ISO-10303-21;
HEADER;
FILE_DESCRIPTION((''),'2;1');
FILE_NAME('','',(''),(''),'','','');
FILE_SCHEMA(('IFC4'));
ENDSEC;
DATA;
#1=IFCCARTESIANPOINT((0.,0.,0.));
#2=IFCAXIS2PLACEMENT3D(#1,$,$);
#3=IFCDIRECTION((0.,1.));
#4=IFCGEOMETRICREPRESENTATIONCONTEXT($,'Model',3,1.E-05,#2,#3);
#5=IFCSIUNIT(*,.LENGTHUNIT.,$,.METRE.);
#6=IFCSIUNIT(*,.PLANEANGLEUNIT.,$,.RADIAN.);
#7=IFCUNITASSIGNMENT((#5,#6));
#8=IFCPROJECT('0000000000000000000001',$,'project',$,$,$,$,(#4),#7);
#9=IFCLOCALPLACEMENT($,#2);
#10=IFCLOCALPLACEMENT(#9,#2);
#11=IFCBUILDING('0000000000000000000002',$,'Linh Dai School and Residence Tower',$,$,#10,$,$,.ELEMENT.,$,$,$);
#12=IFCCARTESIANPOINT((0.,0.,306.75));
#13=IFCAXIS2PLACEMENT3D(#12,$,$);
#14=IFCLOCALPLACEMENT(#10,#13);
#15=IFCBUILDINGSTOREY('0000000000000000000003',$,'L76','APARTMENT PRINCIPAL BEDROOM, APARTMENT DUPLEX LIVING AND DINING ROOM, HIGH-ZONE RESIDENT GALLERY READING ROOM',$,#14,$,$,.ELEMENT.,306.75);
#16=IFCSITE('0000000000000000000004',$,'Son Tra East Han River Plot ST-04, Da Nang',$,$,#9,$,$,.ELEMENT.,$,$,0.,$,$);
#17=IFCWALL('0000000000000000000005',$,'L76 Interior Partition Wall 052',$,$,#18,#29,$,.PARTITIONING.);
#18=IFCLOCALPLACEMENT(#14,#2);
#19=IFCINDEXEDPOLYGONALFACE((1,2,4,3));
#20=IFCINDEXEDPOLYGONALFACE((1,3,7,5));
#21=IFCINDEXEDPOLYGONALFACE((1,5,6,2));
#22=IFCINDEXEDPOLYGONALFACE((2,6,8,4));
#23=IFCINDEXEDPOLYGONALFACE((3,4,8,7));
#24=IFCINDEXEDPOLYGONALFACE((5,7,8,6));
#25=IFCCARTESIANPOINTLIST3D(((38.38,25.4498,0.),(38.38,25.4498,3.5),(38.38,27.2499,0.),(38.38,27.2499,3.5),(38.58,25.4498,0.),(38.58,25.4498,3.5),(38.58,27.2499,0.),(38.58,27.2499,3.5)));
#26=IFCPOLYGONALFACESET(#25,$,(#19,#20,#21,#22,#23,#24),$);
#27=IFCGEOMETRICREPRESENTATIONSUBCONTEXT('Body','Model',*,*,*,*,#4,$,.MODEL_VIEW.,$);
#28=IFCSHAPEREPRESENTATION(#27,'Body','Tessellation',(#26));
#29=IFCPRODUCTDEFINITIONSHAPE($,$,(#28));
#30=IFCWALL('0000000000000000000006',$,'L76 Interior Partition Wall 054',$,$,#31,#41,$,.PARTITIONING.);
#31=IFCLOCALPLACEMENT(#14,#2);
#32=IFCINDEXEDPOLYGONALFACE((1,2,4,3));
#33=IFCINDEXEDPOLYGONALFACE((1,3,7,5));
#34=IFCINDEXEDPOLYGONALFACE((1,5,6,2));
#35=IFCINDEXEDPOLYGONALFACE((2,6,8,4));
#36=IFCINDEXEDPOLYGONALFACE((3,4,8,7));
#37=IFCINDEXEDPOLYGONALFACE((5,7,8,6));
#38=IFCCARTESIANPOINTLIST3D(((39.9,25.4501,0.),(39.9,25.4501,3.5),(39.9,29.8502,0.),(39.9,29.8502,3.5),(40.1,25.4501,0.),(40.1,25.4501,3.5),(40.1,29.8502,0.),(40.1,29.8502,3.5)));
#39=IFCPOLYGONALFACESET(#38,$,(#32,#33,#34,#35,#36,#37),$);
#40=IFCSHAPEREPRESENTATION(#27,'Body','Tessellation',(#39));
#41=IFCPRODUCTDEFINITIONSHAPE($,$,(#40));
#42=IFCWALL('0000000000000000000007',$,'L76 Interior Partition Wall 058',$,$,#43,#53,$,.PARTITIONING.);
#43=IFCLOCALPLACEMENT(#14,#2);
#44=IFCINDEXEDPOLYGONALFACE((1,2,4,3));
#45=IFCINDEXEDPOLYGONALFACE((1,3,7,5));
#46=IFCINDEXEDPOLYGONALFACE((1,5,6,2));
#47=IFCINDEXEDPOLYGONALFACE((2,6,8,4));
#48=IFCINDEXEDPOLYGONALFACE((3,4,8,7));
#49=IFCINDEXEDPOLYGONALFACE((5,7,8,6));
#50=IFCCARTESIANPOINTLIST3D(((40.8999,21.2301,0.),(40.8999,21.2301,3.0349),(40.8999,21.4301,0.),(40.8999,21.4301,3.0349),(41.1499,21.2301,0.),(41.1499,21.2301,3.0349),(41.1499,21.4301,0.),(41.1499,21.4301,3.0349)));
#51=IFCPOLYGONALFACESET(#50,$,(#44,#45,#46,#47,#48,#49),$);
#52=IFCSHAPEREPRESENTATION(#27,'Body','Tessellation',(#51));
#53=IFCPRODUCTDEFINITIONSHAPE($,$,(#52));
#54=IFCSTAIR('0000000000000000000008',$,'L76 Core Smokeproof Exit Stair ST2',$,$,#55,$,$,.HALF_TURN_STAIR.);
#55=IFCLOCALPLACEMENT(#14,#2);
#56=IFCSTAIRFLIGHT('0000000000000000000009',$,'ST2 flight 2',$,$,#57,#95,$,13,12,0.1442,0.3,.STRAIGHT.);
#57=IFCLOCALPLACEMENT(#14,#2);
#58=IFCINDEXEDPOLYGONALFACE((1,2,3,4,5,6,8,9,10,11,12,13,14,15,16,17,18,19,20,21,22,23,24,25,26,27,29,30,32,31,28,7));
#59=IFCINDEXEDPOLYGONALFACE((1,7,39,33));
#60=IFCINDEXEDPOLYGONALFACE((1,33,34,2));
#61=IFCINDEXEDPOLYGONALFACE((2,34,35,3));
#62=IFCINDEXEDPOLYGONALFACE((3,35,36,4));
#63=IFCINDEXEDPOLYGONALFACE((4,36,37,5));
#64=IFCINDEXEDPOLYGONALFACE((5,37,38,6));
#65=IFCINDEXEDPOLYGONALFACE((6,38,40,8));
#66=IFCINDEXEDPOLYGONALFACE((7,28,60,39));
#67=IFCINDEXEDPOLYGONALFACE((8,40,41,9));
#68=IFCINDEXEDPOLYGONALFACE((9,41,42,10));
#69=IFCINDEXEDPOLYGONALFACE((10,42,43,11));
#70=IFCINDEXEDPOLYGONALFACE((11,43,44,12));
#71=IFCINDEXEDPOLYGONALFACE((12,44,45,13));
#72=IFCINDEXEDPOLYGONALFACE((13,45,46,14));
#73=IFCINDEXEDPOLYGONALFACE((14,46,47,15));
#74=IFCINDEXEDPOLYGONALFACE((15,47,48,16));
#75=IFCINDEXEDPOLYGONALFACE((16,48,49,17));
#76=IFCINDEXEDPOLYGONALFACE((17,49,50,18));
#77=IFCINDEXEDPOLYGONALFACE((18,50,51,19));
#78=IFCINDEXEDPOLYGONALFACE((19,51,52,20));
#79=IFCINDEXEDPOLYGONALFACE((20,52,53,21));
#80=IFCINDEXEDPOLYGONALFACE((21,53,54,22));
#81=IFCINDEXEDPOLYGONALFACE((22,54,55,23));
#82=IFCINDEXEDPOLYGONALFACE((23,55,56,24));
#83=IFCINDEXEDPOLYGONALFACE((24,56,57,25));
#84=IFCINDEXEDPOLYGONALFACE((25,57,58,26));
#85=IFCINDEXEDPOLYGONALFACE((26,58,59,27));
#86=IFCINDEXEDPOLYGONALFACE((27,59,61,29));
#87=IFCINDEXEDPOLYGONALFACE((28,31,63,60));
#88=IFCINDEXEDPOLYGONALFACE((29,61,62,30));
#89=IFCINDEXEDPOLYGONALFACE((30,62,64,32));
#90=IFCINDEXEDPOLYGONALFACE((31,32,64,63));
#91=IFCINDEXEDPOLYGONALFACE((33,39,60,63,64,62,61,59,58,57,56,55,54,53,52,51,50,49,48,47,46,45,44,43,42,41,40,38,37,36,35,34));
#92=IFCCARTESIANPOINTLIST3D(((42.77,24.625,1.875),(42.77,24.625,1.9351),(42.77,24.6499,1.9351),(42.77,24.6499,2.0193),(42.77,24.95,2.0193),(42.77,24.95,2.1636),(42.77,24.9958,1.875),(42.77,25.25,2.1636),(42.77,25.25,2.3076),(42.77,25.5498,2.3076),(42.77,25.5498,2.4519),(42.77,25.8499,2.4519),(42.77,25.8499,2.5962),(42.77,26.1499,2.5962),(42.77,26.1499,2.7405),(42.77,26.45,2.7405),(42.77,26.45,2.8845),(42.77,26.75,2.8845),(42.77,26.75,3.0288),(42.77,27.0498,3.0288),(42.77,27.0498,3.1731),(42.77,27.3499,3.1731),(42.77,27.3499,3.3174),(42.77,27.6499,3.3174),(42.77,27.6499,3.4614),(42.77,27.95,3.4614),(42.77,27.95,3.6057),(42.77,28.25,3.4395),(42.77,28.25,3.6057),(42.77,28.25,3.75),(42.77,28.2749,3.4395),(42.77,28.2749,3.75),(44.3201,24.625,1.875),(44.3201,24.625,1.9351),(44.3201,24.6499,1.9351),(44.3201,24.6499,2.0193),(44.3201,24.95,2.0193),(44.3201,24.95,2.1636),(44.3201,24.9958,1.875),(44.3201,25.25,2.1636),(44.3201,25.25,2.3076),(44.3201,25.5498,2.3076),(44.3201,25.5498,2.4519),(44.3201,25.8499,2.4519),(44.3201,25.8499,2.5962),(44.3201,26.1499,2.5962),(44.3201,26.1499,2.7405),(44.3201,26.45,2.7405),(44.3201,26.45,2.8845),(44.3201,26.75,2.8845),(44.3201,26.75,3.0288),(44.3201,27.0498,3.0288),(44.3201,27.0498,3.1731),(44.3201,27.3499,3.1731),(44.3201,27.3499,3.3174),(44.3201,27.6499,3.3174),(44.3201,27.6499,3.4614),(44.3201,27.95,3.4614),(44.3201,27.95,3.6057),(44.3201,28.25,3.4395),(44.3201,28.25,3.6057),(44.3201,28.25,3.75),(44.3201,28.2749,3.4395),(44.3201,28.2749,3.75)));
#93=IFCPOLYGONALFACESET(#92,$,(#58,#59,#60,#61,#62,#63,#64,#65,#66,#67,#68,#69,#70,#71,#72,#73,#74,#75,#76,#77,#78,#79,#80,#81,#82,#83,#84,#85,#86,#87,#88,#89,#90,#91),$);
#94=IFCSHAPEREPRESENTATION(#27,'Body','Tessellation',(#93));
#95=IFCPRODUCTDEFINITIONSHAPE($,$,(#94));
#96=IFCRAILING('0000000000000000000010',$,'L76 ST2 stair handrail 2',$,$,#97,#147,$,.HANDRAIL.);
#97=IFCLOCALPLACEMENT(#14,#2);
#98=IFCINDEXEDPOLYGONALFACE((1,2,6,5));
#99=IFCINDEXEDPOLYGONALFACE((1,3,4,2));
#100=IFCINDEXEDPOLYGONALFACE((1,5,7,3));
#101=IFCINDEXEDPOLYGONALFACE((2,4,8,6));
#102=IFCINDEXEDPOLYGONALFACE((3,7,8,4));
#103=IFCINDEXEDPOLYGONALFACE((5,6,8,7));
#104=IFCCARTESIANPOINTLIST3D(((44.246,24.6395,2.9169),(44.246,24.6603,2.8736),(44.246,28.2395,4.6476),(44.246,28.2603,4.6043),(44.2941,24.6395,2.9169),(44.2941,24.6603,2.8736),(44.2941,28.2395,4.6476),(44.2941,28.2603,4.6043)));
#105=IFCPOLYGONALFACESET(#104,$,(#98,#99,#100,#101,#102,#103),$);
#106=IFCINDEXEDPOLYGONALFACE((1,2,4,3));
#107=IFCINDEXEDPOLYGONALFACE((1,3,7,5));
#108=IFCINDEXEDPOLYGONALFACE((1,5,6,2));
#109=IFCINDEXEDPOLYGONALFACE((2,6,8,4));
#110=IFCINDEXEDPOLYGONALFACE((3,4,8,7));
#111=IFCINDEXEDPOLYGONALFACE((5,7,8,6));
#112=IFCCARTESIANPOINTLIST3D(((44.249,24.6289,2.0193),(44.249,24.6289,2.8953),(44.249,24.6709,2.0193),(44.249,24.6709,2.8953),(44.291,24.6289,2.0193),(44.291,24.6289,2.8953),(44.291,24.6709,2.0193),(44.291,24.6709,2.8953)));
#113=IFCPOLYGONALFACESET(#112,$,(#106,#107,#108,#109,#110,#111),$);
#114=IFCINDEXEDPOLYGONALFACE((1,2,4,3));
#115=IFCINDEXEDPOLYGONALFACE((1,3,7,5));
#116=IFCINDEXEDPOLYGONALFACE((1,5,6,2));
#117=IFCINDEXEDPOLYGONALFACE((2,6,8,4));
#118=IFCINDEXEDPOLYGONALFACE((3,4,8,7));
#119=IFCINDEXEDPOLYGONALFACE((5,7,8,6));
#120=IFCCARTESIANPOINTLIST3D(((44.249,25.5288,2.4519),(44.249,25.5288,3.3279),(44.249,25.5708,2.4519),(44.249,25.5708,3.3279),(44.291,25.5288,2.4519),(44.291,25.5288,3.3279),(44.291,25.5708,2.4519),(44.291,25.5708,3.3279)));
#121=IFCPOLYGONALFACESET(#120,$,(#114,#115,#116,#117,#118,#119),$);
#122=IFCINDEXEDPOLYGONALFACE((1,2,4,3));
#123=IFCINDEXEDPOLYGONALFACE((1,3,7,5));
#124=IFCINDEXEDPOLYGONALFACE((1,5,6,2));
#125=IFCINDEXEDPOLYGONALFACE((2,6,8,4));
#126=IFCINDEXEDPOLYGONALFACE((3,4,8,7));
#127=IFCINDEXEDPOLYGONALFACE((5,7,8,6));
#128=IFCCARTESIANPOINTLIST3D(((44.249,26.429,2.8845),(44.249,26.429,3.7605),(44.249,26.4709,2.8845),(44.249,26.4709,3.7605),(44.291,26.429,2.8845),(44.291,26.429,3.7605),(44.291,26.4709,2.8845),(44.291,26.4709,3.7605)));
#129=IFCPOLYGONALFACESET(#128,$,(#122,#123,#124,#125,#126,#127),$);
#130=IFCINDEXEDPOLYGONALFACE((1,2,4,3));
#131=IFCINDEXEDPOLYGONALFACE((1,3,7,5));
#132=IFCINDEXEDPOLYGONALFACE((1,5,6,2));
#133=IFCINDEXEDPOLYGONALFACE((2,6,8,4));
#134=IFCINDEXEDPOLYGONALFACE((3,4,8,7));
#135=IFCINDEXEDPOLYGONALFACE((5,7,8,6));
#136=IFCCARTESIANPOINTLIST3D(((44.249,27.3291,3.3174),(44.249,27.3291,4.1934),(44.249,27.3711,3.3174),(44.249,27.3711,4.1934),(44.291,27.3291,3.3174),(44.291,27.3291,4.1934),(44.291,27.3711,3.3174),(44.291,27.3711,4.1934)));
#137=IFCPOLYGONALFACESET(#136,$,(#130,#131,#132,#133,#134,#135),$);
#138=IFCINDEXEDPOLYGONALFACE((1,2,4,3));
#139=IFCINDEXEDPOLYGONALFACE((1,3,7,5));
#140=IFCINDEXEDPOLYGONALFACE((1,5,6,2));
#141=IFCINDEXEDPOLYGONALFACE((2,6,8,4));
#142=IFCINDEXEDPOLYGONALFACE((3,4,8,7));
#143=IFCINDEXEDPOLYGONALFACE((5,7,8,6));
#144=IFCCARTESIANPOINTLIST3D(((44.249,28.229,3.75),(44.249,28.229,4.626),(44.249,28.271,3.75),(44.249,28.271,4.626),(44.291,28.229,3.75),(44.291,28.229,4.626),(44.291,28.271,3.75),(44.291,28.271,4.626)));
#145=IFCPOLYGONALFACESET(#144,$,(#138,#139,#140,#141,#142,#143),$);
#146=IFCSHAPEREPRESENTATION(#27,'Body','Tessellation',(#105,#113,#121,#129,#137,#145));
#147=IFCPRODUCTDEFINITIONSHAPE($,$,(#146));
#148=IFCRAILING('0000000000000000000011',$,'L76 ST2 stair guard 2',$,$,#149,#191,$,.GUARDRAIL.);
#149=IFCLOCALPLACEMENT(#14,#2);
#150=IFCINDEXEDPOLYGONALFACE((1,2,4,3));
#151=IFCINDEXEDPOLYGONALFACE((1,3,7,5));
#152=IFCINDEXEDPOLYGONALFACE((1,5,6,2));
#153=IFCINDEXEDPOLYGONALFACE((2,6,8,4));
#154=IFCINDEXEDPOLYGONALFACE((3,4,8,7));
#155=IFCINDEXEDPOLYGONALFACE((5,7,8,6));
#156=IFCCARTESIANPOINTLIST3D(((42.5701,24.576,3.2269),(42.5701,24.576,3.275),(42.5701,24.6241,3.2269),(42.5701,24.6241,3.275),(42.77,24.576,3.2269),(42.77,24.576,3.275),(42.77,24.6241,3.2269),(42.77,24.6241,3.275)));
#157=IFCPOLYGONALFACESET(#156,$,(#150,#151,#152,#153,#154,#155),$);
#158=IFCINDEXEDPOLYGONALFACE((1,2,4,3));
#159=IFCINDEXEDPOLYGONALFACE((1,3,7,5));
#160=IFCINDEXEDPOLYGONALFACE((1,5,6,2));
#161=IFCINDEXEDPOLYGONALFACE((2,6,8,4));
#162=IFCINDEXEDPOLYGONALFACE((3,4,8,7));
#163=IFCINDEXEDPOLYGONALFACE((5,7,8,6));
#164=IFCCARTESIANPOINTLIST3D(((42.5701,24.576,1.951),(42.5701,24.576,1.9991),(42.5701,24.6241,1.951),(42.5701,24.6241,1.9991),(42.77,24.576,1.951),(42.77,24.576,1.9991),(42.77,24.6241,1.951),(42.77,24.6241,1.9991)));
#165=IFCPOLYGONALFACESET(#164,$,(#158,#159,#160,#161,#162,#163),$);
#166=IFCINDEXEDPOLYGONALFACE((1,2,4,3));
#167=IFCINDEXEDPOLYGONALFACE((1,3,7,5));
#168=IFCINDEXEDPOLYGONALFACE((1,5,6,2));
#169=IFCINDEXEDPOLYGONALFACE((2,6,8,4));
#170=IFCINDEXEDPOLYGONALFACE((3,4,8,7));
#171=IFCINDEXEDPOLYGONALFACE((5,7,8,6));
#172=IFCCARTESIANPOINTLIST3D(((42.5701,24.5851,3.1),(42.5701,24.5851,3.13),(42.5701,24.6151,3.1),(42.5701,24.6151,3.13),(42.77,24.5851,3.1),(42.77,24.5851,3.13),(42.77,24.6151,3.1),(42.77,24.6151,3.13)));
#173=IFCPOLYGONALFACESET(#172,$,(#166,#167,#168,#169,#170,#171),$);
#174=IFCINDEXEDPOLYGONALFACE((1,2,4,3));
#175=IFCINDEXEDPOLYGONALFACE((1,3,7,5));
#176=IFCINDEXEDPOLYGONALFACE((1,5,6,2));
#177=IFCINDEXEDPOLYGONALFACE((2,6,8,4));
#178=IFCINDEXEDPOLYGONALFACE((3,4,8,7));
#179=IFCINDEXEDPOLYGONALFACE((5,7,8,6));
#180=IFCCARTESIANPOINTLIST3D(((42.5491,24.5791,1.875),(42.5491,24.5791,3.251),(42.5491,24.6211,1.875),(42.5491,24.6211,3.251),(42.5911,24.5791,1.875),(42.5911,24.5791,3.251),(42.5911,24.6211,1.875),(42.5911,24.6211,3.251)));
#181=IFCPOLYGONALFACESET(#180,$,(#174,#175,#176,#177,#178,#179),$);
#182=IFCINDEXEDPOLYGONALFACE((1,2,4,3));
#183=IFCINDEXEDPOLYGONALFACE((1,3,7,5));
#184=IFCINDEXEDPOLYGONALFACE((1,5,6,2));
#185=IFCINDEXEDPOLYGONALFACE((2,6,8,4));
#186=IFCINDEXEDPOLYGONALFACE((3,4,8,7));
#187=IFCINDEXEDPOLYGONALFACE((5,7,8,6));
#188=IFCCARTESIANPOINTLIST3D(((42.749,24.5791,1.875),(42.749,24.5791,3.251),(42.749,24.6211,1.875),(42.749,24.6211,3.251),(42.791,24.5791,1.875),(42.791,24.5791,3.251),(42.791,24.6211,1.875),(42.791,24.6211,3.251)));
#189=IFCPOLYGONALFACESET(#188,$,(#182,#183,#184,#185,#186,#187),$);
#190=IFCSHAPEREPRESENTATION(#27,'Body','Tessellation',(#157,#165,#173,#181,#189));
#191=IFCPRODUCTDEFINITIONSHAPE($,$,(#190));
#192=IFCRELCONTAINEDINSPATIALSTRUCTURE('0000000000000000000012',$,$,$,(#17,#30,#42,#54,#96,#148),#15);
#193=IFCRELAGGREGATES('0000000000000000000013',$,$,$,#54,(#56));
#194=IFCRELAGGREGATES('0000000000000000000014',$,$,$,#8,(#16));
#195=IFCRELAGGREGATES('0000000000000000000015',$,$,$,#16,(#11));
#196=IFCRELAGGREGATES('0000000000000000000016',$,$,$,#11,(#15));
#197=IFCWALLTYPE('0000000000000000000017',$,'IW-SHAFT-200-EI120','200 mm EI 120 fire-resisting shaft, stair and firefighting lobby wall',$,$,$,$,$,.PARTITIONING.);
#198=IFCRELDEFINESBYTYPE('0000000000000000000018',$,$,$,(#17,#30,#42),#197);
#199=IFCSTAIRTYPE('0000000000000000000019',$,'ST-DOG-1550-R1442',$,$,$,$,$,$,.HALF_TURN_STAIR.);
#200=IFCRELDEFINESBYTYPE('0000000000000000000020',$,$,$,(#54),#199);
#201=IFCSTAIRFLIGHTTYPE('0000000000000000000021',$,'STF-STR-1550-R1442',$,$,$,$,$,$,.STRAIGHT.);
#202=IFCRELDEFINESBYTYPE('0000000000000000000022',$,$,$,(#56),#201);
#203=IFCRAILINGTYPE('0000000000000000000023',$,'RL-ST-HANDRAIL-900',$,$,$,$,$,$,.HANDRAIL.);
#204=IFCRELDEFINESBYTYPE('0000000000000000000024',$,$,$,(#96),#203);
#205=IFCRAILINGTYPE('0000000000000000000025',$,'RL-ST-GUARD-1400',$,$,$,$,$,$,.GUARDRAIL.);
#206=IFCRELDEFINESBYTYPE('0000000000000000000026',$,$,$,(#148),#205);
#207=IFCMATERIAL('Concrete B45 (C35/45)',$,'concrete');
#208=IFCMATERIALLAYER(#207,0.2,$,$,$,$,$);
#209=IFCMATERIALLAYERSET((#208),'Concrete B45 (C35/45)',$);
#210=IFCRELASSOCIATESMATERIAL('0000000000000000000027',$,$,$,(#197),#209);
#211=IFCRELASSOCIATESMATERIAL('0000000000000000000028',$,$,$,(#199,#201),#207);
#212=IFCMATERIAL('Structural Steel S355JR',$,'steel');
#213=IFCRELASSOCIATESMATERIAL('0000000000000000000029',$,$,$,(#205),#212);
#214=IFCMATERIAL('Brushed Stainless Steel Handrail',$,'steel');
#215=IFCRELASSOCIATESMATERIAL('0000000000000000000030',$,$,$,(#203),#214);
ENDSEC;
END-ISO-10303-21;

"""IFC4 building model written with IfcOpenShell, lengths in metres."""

from ifc_helpers import new_model, si_unit, direction, frame, frame_2d, origin, origin_2d, place, context, subcontext, project, spatial, polyline, rectangle, outline, extrude, source, transform, mapped, material, layer, layer_set, type_object, element, aggregate, save


model = new_model("IFC4")

# Units and contexts
model_context = context("Model", 3, precision=1e-05, world=origin(), true_north=direction((0.0, 1.0)))
body_context = subcontext(model_context, "Body", "Model", "MODEL_VIEW")
ifc_project = project(units=[si_unit("LENGTHUNIT", "METRE"), si_unit("PLANEANGLEUNIT", "RADIAN")], contexts=[model_context])

# Site, building, storey
site_placement = place(None, origin())
site = spatial("IfcSite", under=ifc_project, at=site_placement, Name="Son Tra East Han River Plot ST-04, Da Nang", CompositionType="ELEMENT", RefElevation=0.0)
building_placement = place(site_placement, origin())
building = spatial("IfcBuilding", under=site, at=building_placement, Name="Linh Dai School and Residence Tower", CompositionType="ELEMENT")
storey_placement = place(building_placement, frame((0.0, 0.0, 306.75)))
storey = spatial("IfcBuildingStorey", under=building, at=storey_placement, Name="L76", Description="APARTMENT PRINCIPAL BEDROOM, APARTMENT DUPLEX LIVING AND DINING ROOM, HIGH-ZONE RESIDENT GALLERY READING ROOM", CompositionType="ELEMENT", Elevation=306.75)

# Shared definitions
ifc_material_1 = material(Name="Structural Steel S355JR", Category="steel")

# Walls
ifc_material_2 = material(Name="Concrete B45 (C35/45)", Category="concrete")
ifc_layer_1 = layer(ifc_material_2, 0.2)
ifc_layer_set_1 = layer_set([ifc_layer_1], Name="Concrete B45 (C35/45)")
wall_type_1 = type_object("IfcWallType", Name="IW-SHAFT-200-EI120", Description="200 mm EI 120 fire-resisting shaft, stair and firefighting lobby wall", PredefinedType="PARTITIONING", material=ifc_layer_set_1)
for number, where, z_axis, x_axis, name in (
    (1, (38.48, 25.45, 0.0), (0.0, 0.0, 1.0), (0.0, 1.0, 0.0), "L76 Interior Partition Wall 052"),
):
    element("IfcWall", number, at=place(storey_placement, frame(where, z_axis=z_axis, x_axis=x_axis)), inside=storey, type_object=wall_type_1, Name=name, PredefinedType="PARTITIONING", context=body_context, shape_type="SweptSolid", body=[
        extrude(rectangle(XDim=1.8, YDim=0.2, at=frame_2d((0.8999, 0.0))), origin(), (0.0, 0.0, 1.0), 3.5),
    ])
wall_1_placement = place(storey_placement, frame((40.0, 25.45, 0.0), z_axis=(0.0, 0.0, 1.0), x_axis=(0.0, 1.0, 0.0)))
element("IfcWall", 2, at=wall_1_placement, inside=storey, type_object=wall_type_1, Name="L76 Interior Partition Wall 054", PredefinedType="PARTITIONING", context=body_context, shape_type="SweptSolid", body=[
    extrude(rectangle(XDim=4.4001, YDim=0.2, at=frame_2d((2.2002, 0.0))), origin(), (0.0, 0.0, 1.0), 3.5),
])
wall_2_placement = place(storey_placement, frame((40.8999, 21.3301, 0.0), z_axis=(0.0, 0.0, 1.0), x_axis=(1.0, 0.0, 0.0)))
element("IfcWall", 3, at=wall_2_placement, inside=storey, type_object=wall_type_1, Name="L76 Interior Partition Wall 058", PredefinedType="PARTITIONING", context=body_context, shape_type="SweptSolid", body=[
    extrude(rectangle(XDim=0.25, YDim=0.2, at=frame_2d((0.125, 0.0))), origin(), (0.0, 0.0, 1.0), 3.0349),
])

# Stair, stair flight
stair_type = type_object("IfcStairType", Name="ST-DOG-1550-R1442", PredefinedType="HALF_TURN_STAIR", material=ifc_material_2)
stair_placement = place(storey_placement, origin())
stair = element("IfcStair", 4, at=stair_placement, inside=storey, type_object=stair_type, Name="L76 Core Smokeproof Exit Stair ST2", PredefinedType="HALF_TURN_STAIR")
stair_flight_type = type_object("IfcStairFlightType", Name="STF-STR-1550-R1442", PredefinedType="STRAIGHT", material=ifc_material_2)
shared_shape_1 = source(origin(), body_context, "Body", "SweptSolid", [
    extrude(outline(polyline([(-0.0249, 0.0), (-0.0249, 0.0601), (0.0, 0.0601), (0.0, 0.1443), (0.3, 0.1443), (0.3, 0.2886), (0.6001, 0.2886), (0.6001, 0.4326), (0.8999, 0.4326), (0.8999, 0.5769), (1.2, 0.5769), (1.2, 0.7212), (1.5, 0.7212), (1.5, 0.8655), (1.8, 0.8655), (1.8, 1.0095), (2.1001, 1.0095), (2.1001, 1.1538), (2.3999, 1.1538), (2.3999, 1.2981), (2.7, 1.2981), (2.7, 1.4424), (3.0, 1.4424), (3.0, 1.5864), (3.3, 1.5864), (3.3, 1.7307), (3.6001, 1.7307), (3.6001, 1.875), (3.625, 1.875), (3.625, 1.5645), (3.6001, 1.5645), (0.3459, 0.0), (-0.0249, 0.0)])), frame((0.0, 0.7749, 0.0), z_axis=(0.0, -1.0, 0.0), x_axis=(1.0, 0.0, 0.0)), (0.0, 0.0, 1.0), 1.55),
])
stair_flight_placement = place(storey_placement, frame((43.5449, 24.6499, 1.875), z_axis=(0.0, 0.0, 1.0), x_axis=(0.0, 1.0, 0.0)))
stair_flight = element("IfcStairFlight", 5, at=stair_flight_placement, type_object=stair_flight_type, Name="ST2 flight 2", NumberOfRisers=13, NumberOfTreads=12, PredefinedType="STRAIGHT", RiserHeight=0.1442, TreadLength=0.3, context=body_context, shape_type="MappedRepresentation", body=[
    mapped(shared_shape_1, transform((0.0, 0.0, 0.0), x_axis=(1.0, 0.0, 0.0), y_axis=(0.0, 1.0, 0.0), z_axis=(0.0, 0.0, 1.0), scale=1.0)),
])
aggregate(stair, [stair_flight])

# Railings
railing_type_1 = type_object("IfcRailingType", Name="RL-ST-GUARD-1400", PredefinedType="GUARDRAIL", material=ifc_material_1)
ifc_material_3 = material(Name="Brushed Stainless Steel Handrail", Category="steel")
railing_type_2 = type_object("IfcRailingType", Name="RL-ST-HANDRAIL-900", PredefinedType="HANDRAIL", material=ifc_material_3)
shared_shape_2 = source(origin(), body_context, "Body", "SweptSolid", [
    extrude(rectangle(XDim=0.0481, YDim=0.0481, at=origin_2d()), frame((0.0, 0.0, 0.876), z_axis=(0.0, 0.901263, 0.433273), x_axis=(-1.0, 0.0, 0.0)), (0.0, 0.0, 1.0), 3.9944),
    extrude(rectangle(XDim=0.042, YDim=0.042, at=origin_2d()), origin(), (0.0, 0.0, 1.0), 0.876),
    extrude(rectangle(XDim=0.042, YDim=0.042, at=origin_2d()), frame((0.0, 0.8999, 0.4326)), (0.0, 0.0, 1.0), 0.876),
    extrude(rectangle(XDim=0.042, YDim=0.042, at=origin_2d()), frame((0.0, 1.8, 0.8652)), (0.0, 0.0, 1.0), 0.876),
    extrude(rectangle(XDim=0.042, YDim=0.042, at=origin_2d()), frame((0.0, 2.7002, 1.2981)), (0.0, 0.0, 1.0), 0.876),
    extrude(rectangle(XDim=0.042, YDim=0.042, at=origin_2d()), frame((0.0, 3.6001, 1.7307)), (0.0, 0.0, 1.0), 0.876),
])
railing_1_placement = place(storey_placement, frame((44.27, 24.6499, 2.0193)))
element("IfcRailing", 6, at=railing_1_placement, inside=storey, type_object=railing_type_2, Name="L76 ST2 stair handrail 2", PredefinedType="HANDRAIL", context=body_context, shape_type="MappedRepresentation", body=[
    mapped(shared_shape_2, transform((0.0, 0.0, 0.0), x_axis=(1.0, 0.0, 0.0), y_axis=(0.0, 1.0, 0.0), z_axis=(0.0, 0.0, 1.0), scale=1.0)),
])
shared_shape_3 = source(origin(), body_context, "Body", "SweptSolid", [
    extrude(rectangle(XDim=0.0481, YDim=0.0481, at=origin_2d()), frame((0.0, 0.0, 1.376), z_axis=(1.0, 0.0, 0.0), x_axis=(0.0, 1.0, 0.0)), (0.0, 0.0, 1.0), 0.2),
    extrude(rectangle(XDim=0.0481, YDim=0.0481, at=origin_2d()), frame((0.0, 0.0, 0.1001), z_axis=(1.0, 0.0, 0.0), x_axis=(0.0, 1.0, 0.0)), (0.0, 0.0, 1.0), 0.2),
    extrude(rectangle(XDim=0.03, YDim=0.03, at=origin_2d()), frame((0.0, 0.0, 1.24), z_axis=(1.0, 0.0, 0.0), x_axis=(0.0, 1.0, 0.0)), (0.0, 0.0, 1.0), 0.2),
    extrude(rectangle(XDim=0.042, YDim=0.042, at=origin_2d()), origin(), (0.0, 0.0, 1.0), 1.376),
    extrude(rectangle(XDim=0.042, YDim=0.042, at=origin_2d()), frame((0.2, 0.0, 0.0)), (0.0, 0.0, 1.0), 1.376),
])
railing_2_placement = place(storey_placement, frame((42.5701, 24.6001, 1.875)))
element("IfcRailing", 7, at=railing_2_placement, inside=storey, type_object=railing_type_1, Name="L76 ST2 stair guard 2", PredefinedType="GUARDRAIL", context=body_context, shape_type="MappedRepresentation", body=[
    mapped(shared_shape_3, transform((0.0, 0.0, 0.0), x_axis=(1.0, 0.0, 0.0), y_axis=(0.0, 1.0, 0.0), z_axis=(0.0, 0.0, 1.0), scale=1.0)),
])

save(model, "model.ifc")
